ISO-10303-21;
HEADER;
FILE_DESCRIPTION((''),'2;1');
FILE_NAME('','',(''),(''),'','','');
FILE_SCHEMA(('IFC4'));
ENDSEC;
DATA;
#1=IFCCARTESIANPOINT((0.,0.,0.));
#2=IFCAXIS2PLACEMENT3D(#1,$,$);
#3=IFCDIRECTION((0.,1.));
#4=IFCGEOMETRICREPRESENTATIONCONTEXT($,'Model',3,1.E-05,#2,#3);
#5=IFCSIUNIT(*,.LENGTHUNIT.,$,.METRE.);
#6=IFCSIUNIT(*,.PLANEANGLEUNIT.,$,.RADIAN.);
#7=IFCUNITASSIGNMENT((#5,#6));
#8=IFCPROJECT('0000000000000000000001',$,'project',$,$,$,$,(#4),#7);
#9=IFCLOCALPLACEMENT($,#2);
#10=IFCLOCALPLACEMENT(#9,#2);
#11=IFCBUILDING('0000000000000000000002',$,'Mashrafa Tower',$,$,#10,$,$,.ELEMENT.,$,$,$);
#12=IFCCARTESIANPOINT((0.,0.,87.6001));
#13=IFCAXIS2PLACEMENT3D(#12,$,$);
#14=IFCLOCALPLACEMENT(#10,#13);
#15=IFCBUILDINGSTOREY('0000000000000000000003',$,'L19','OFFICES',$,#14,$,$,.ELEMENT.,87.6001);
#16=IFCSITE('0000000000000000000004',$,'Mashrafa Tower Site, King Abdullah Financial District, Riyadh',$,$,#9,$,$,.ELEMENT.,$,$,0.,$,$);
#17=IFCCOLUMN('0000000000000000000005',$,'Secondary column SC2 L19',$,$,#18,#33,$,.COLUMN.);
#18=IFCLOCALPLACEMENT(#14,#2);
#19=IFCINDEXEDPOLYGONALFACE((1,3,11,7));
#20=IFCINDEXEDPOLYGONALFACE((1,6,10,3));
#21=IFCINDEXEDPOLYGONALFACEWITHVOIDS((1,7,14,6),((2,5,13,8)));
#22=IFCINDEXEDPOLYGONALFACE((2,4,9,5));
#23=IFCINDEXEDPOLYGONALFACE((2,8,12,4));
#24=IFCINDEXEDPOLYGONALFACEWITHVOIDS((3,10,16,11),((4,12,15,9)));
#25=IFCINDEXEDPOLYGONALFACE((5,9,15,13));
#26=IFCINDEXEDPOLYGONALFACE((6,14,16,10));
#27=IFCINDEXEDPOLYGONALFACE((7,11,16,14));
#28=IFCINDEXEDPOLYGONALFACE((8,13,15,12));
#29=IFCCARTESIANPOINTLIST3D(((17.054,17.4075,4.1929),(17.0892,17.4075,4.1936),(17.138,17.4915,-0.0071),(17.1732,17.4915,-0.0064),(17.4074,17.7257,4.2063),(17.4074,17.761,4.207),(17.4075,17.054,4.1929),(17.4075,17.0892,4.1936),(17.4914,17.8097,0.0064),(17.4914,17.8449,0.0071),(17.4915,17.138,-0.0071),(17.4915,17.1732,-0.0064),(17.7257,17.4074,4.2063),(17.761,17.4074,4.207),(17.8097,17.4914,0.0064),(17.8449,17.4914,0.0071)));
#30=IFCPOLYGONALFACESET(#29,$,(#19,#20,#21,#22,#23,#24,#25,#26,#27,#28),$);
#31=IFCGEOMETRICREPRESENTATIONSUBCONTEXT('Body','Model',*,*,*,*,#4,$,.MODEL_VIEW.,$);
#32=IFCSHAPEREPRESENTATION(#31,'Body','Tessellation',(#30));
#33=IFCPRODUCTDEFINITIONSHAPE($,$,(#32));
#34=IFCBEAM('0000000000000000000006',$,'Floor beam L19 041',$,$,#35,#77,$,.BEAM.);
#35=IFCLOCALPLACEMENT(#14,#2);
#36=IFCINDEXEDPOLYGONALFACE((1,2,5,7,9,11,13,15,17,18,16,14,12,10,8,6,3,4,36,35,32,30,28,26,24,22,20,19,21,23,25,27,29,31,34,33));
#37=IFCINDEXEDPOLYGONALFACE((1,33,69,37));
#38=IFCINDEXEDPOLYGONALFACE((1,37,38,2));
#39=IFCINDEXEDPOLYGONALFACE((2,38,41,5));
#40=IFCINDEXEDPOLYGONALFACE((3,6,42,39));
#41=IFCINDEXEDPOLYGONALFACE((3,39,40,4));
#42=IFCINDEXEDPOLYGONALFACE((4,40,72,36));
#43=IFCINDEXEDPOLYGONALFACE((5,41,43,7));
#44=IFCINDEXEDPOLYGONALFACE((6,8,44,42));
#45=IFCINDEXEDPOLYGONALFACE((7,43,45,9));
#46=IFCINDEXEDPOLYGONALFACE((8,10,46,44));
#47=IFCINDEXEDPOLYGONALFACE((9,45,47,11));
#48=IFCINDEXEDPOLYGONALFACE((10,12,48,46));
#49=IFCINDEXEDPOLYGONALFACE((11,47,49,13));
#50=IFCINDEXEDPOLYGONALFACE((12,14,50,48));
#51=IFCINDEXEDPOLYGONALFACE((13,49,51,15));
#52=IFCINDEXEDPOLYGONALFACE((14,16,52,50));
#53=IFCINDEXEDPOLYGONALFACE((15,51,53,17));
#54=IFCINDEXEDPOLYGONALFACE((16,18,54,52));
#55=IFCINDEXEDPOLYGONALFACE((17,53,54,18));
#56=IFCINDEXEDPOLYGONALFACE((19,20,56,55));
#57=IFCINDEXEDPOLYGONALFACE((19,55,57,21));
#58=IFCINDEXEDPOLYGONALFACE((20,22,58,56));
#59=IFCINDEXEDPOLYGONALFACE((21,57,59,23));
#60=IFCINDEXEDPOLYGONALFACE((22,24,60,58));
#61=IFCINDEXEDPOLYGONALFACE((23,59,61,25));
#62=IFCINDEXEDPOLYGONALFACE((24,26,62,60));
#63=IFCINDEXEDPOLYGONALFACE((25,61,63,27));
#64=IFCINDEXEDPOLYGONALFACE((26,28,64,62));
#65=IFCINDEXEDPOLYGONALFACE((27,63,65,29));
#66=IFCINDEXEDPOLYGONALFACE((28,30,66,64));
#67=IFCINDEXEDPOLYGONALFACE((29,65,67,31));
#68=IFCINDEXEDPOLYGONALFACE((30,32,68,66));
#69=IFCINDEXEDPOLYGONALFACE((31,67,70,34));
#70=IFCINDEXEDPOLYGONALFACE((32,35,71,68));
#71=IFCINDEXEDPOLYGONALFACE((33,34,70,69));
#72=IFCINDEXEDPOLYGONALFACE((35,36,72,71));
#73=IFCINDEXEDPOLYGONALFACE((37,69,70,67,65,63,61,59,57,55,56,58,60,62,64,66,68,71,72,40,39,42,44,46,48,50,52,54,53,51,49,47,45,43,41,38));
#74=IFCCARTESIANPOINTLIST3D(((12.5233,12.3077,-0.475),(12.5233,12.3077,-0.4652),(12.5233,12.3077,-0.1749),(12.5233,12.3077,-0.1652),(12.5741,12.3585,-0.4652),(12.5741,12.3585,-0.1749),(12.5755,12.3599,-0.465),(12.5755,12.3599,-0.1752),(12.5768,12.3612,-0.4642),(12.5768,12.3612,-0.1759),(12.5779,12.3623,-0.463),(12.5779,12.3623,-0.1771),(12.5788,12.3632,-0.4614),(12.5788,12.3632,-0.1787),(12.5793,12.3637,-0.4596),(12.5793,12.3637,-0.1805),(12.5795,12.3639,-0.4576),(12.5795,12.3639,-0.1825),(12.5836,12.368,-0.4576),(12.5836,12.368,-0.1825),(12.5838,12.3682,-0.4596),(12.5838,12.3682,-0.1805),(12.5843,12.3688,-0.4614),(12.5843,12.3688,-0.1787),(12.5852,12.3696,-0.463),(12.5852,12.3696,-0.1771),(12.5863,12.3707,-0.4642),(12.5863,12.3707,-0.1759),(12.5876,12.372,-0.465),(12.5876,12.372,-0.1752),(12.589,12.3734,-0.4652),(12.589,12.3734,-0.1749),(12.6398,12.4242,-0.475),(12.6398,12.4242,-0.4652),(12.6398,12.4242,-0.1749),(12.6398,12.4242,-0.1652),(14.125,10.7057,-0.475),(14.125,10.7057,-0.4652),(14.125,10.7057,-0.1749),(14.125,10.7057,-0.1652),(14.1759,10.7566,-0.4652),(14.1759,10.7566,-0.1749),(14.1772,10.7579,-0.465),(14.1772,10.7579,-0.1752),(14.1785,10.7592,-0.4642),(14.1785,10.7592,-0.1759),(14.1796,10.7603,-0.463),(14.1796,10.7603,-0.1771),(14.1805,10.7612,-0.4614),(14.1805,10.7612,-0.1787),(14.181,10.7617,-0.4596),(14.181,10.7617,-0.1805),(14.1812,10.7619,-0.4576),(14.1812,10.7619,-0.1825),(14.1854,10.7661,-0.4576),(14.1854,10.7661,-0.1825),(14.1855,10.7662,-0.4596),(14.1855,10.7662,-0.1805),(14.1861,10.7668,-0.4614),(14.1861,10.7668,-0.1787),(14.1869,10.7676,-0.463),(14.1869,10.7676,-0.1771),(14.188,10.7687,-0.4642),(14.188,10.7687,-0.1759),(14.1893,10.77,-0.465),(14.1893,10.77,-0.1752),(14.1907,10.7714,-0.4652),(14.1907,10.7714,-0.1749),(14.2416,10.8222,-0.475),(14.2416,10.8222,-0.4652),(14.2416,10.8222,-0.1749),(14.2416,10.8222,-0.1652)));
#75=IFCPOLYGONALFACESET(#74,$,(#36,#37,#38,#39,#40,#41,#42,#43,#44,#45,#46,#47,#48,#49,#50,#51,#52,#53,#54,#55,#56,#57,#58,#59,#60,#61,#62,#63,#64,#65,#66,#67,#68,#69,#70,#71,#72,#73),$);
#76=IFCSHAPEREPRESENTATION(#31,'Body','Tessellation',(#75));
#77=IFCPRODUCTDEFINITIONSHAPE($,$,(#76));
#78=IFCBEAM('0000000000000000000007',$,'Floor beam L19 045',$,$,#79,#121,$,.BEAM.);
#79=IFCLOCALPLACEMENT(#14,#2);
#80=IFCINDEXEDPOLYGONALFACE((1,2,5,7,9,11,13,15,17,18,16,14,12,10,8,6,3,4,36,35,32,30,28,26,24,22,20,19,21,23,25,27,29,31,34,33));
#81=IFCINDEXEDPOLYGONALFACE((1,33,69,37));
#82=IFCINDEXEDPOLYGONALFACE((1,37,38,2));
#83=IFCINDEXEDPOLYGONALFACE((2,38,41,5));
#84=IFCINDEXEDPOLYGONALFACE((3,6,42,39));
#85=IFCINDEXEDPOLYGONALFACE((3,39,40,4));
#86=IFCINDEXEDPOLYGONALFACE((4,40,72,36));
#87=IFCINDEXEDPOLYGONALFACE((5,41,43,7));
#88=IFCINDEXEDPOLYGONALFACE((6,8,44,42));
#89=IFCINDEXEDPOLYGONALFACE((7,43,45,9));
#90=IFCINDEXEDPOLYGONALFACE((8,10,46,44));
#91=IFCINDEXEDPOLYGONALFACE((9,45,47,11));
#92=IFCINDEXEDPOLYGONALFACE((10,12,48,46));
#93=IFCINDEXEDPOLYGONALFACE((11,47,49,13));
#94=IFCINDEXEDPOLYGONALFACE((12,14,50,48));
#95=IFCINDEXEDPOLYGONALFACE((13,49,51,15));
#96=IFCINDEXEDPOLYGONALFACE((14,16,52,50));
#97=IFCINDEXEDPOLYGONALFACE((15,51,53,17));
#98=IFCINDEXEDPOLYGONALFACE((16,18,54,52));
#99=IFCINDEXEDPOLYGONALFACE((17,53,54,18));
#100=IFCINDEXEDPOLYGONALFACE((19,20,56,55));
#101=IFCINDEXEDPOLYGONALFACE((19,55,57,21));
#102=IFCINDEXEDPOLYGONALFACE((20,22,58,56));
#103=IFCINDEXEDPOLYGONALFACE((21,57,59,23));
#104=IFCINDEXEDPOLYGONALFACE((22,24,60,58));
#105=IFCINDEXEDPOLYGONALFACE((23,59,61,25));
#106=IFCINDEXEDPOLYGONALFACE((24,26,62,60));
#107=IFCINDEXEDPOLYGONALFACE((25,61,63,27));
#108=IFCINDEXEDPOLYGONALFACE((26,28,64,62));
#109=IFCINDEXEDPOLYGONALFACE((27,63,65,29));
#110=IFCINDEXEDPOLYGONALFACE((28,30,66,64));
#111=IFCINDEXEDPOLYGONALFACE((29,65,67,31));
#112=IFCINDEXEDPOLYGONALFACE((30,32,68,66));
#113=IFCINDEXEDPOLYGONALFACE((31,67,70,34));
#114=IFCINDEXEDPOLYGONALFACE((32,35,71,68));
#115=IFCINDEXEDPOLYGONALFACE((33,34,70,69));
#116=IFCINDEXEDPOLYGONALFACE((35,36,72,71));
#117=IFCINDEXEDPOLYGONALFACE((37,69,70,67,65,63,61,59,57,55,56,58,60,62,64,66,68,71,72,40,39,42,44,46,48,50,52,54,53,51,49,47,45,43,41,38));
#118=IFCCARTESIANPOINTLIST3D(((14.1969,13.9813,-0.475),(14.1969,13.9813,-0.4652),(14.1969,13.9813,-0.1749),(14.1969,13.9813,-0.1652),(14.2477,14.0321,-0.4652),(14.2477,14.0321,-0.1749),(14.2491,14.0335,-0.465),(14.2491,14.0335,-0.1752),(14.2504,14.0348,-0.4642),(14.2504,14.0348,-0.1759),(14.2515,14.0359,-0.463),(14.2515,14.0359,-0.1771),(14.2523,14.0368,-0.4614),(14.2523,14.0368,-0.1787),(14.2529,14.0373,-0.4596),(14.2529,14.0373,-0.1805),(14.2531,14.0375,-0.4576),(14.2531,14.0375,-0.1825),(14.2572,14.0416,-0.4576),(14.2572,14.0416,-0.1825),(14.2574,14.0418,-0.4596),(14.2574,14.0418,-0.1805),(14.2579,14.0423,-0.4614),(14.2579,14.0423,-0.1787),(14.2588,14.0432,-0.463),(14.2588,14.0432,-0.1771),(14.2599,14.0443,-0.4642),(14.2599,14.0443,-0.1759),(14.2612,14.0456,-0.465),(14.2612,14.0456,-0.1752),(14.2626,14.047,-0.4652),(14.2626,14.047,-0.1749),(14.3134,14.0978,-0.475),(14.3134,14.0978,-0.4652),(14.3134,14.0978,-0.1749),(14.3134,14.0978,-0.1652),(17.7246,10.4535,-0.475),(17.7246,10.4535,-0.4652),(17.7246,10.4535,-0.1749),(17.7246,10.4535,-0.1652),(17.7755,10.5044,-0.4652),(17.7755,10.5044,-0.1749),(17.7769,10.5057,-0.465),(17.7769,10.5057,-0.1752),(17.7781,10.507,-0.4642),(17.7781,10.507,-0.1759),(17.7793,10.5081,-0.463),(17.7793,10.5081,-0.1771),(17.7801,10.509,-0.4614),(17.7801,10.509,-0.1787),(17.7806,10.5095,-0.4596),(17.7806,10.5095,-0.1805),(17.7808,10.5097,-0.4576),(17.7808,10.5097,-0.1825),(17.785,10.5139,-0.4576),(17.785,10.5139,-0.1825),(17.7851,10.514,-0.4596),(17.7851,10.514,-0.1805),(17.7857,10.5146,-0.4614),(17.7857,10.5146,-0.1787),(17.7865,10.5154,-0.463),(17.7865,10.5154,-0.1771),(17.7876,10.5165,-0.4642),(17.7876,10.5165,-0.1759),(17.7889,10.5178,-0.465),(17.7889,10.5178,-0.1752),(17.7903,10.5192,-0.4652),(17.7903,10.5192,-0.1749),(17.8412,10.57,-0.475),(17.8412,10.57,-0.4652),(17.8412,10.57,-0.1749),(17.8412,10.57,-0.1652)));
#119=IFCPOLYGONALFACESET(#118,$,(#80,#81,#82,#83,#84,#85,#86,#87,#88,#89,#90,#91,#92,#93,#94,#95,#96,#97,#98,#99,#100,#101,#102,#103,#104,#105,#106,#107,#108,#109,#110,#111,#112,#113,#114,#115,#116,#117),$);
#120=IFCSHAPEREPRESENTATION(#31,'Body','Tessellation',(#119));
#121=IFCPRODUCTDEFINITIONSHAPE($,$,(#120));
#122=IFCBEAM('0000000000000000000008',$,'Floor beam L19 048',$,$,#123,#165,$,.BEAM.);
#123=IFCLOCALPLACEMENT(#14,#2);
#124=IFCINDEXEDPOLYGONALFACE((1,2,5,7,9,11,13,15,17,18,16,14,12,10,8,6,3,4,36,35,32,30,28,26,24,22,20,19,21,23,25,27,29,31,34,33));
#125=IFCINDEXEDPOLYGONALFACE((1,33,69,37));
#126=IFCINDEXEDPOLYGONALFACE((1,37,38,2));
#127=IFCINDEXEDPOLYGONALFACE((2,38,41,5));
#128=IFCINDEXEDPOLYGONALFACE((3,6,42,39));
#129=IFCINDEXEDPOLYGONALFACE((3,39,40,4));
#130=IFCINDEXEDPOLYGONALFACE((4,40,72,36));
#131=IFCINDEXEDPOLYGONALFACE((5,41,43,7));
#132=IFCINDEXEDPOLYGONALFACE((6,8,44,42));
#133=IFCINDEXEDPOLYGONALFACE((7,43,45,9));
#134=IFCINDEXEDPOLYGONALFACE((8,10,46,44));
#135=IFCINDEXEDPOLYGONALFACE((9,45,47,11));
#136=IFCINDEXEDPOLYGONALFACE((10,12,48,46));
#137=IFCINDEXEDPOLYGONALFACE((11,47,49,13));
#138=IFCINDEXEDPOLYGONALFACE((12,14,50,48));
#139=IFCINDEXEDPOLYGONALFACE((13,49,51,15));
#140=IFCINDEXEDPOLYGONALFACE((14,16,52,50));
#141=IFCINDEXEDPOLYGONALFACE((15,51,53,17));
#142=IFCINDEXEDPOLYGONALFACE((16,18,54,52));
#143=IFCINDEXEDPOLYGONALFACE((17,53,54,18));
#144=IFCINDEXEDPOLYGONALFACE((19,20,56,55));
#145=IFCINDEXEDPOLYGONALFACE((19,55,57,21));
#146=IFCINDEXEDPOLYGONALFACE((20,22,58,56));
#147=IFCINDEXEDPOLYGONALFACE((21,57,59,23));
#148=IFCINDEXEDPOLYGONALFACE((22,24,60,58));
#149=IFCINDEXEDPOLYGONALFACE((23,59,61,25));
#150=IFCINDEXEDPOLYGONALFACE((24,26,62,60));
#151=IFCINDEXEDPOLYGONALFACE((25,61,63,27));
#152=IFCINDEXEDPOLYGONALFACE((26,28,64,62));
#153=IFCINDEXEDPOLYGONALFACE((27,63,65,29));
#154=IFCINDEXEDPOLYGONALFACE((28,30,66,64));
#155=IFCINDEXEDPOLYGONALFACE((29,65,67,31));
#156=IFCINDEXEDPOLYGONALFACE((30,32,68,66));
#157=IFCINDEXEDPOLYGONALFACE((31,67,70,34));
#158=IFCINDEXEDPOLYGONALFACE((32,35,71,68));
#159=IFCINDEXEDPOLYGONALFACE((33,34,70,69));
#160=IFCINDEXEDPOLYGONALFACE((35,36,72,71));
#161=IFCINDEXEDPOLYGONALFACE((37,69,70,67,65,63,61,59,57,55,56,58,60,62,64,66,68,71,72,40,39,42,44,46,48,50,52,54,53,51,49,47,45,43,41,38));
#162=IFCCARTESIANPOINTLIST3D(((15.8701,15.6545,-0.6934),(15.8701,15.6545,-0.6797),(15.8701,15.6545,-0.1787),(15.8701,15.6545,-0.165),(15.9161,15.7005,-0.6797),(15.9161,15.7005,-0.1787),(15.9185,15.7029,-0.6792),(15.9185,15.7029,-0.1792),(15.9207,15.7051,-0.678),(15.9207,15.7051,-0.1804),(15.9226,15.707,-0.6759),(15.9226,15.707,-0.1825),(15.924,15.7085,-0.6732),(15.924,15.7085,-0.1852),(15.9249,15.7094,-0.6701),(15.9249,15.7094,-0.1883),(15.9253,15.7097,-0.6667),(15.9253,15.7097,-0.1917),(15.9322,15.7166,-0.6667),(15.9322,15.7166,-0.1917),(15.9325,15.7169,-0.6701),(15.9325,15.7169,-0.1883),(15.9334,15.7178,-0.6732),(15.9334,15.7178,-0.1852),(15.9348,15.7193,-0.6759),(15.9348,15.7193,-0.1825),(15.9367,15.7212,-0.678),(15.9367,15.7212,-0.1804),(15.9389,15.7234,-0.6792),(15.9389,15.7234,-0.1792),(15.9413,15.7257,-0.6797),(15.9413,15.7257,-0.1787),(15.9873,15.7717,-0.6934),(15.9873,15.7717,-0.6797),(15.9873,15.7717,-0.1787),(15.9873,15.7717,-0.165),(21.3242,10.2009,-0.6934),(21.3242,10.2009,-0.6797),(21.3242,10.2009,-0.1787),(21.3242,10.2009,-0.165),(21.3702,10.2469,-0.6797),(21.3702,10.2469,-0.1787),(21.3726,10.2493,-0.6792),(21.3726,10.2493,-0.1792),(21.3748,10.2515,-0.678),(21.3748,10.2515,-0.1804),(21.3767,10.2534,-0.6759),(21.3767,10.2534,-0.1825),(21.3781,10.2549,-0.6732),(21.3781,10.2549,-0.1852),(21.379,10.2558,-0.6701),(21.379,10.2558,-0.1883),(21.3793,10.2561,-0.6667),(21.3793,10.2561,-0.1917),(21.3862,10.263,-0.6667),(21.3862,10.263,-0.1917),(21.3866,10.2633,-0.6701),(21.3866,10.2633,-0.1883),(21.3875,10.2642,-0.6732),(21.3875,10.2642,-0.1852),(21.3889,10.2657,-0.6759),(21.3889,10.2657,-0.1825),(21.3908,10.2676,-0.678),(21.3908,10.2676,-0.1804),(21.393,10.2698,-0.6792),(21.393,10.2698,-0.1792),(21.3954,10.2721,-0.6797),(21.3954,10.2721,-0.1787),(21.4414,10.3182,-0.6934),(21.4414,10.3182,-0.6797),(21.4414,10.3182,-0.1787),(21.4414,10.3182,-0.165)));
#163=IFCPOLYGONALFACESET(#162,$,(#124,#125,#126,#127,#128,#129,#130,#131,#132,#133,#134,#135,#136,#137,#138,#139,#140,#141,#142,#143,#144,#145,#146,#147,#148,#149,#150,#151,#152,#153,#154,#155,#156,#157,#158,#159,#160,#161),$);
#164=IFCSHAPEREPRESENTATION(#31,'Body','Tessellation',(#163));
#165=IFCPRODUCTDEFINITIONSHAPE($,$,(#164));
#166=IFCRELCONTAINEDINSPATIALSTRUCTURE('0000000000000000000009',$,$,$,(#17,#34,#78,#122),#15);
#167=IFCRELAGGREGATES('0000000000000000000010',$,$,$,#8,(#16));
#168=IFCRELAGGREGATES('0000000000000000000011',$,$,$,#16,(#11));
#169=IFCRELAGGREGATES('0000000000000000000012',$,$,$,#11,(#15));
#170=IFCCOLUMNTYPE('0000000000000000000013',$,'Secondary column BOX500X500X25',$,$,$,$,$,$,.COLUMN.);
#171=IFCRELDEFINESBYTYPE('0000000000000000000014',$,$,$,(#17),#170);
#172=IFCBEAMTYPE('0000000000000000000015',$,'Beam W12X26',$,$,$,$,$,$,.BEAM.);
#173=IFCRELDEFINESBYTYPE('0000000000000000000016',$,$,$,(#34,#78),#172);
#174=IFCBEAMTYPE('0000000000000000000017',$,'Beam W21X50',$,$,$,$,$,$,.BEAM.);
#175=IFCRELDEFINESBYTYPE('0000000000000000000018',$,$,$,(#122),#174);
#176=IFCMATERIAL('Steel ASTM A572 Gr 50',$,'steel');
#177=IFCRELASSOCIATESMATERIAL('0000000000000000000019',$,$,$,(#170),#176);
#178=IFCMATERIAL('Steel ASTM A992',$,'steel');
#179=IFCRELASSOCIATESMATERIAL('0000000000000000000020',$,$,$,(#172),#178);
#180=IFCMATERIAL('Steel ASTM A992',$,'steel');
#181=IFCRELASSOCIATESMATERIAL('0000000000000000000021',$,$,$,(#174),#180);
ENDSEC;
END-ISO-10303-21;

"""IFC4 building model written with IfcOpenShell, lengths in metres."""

from ifc_helpers import new_model, si_unit, direction, frame, origin, origin_2d, place, context, subcontext, project, spatial, hollow_rectangle, i_section, extrude, material, material_profile, profile_set, type_object, element, save


model = new_model("IFC4")

# Units and contexts
model_context = context("Model", 3, precision=1e-05, world=origin(), true_north=direction((0.0, 1.0)))
body_context = subcontext(model_context, "Body", "Model", "MODEL_VIEW")
ifc_project = project(units=[si_unit("LENGTHUNIT", "METRE"), si_unit("PLANEANGLEUNIT", "RADIAN")], contexts=[model_context])

# Site, building, storey
site_placement = place(None, origin())
site = spatial("IfcSite", under=ifc_project, at=site_placement, Name="Mashrafa Tower Site, King Abdullah Financial District, Riyadh", CompositionType="ELEMENT", RefElevation=0.0)
building_placement = place(site_placement, origin())
building = spatial("IfcBuilding", under=site, at=building_placement, Name="Mashrafa Tower", CompositionType="ELEMENT")
storey_placement = place(building_placement, frame((0.0, 0.0, 87.6001)))
storey = spatial("IfcBuildingStorey", under=building, at=storey_placement, Name="L19", Description="OFFICES", CompositionType="ELEMENT", Elevation=87.6001)

# Column
ifc_material_1 = material(Name="Steel ASTM A572 Gr 50", Category="steel")
ifc_material_profile_1 = material_profile(ifc_material_1, hollow_rectangle(XDim=0.5, YDim=0.5, WallThickness=0.0249, at=origin_2d()), Name="BOX500X500X25")
ifc_profile_set_1 = profile_set([ifc_material_profile_1], Name="Steel ASTM A572 Gr 50")
column_type = type_object("IfcColumnType", Name="Secondary column BOX500X500X25", PredefinedType="COLUMN", material=ifc_profile_set_1)
column_placement = place(storey_placement, frame((17.4915, 17.4915, 0.0), z_axis=(-0.019989, -0.019989, 0.9996), x_axis=(0.707107, -0.707107, 0.0)))
element("IfcColumn", 1, at=column_placement, inside=storey, type_object=column_type, Name="Secondary column SC2 L19", PredefinedType="COLUMN", context=body_context, shape_type="SweptSolid", body=[
    extrude(hollow_rectangle(XDim=0.5, YDim=0.5, WallThickness=0.0249, at=origin_2d()), origin(), (0.0, 0.0, 1.0), 4.2017),
])

# Beams
ifc_material_2 = material(Name="Steel ASTM A992", Category="steel")
ifc_material_profile_2 = material_profile(ifc_material_2, i_section(OverallWidth=0.1648, OverallDepth=0.3098, WebThickness=0.0059, FlangeThickness=0.0098, FilletRadius=0.0076, at=origin_2d()), Name="W12X26")
ifc_profile_set_2 = profile_set([ifc_material_profile_2], Name="Steel ASTM A992")
beam_type_1 = type_object("IfcBeamType", Name="Beam W12X26", PredefinedType="BEAM", material=ifc_profile_set_2)
beam_1_placement = place(storey_placement, frame((12.5815, 12.366, -0.3201), z_axis=(0.707053, -0.707161, 0.0), x_axis=(0.707161, 0.707053, 0.0)))
element("IfcBeam", 2, at=beam_1_placement, inside=storey, type_object=beam_type_1, Name="Floor beam L19 041", PredefinedType="BEAM", context=body_context, shape_type="SweptSolid", body=[
    extrude(i_section(OverallWidth=0.1648, OverallDepth=0.3098, WebThickness=0.0059, FlangeThickness=0.0098, FilletRadius=0.0076, at=origin_2d()), origin(), (0.0, 0.0, 1.0), 2.2654),
])
beam_2_placement = place(storey_placement, frame((14.2551, 14.0396, -0.3201), z_axis=(0.707107, -0.707107, 0.0), x_axis=(0.707107, 0.707107, 0.0)))
element("IfcBeam", 3, at=beam_2_placement, inside=storey, type_object=beam_type_1, Name="Floor beam L19 045", PredefinedType="BEAM", context=body_context, shape_type="SweptSolid", body=[
    extrude(i_section(OverallWidth=0.1648, OverallDepth=0.3098, WebThickness=0.0059, FlangeThickness=0.0098, FilletRadius=0.0076, at=origin_2d()), origin(), (0.0, 0.0, 1.0), 4.989),
])
ifc_material_3 = material(Name="Steel ASTM A992", Category="steel")
ifc_material_profile_3 = material_profile(ifc_material_3, i_section(OverallWidth=0.1658, OverallDepth=0.5283, WebThickness=0.0098, FlangeThickness=0.0137, FilletRadius=0.0129, at=origin_2d()), Name="W21X50")
ifc_profile_set_3 = profile_set([ifc_material_profile_3], Name="Steel ASTM A992")
beam_type_2 = type_object("IfcBeamType", Name="Beam W21X50", PredefinedType="BEAM", material=ifc_profile_set_3)
beam_3_placement = place(storey_placement, frame((15.9287, 15.7131, -0.4292), z_axis=(0.707138, -0.707075, 0.0), x_axis=(0.707075, 0.707138, 0.0)))
element("IfcBeam", 4, at=beam_3_placement, inside=storey, type_object=beam_type_2, Name="Floor beam L19 048", PredefinedType="BEAM", context=body_context, shape_type="SweptSolid", body=[
    extrude(i_section(OverallWidth=0.1658, OverallDepth=0.5283, WebThickness=0.0098, FlangeThickness=0.0137, FilletRadius=0.0129, at=origin_2d()), origin(), (0.0, 0.0, 1.0), 7.7129),
])

save(model, "model.ifc")
